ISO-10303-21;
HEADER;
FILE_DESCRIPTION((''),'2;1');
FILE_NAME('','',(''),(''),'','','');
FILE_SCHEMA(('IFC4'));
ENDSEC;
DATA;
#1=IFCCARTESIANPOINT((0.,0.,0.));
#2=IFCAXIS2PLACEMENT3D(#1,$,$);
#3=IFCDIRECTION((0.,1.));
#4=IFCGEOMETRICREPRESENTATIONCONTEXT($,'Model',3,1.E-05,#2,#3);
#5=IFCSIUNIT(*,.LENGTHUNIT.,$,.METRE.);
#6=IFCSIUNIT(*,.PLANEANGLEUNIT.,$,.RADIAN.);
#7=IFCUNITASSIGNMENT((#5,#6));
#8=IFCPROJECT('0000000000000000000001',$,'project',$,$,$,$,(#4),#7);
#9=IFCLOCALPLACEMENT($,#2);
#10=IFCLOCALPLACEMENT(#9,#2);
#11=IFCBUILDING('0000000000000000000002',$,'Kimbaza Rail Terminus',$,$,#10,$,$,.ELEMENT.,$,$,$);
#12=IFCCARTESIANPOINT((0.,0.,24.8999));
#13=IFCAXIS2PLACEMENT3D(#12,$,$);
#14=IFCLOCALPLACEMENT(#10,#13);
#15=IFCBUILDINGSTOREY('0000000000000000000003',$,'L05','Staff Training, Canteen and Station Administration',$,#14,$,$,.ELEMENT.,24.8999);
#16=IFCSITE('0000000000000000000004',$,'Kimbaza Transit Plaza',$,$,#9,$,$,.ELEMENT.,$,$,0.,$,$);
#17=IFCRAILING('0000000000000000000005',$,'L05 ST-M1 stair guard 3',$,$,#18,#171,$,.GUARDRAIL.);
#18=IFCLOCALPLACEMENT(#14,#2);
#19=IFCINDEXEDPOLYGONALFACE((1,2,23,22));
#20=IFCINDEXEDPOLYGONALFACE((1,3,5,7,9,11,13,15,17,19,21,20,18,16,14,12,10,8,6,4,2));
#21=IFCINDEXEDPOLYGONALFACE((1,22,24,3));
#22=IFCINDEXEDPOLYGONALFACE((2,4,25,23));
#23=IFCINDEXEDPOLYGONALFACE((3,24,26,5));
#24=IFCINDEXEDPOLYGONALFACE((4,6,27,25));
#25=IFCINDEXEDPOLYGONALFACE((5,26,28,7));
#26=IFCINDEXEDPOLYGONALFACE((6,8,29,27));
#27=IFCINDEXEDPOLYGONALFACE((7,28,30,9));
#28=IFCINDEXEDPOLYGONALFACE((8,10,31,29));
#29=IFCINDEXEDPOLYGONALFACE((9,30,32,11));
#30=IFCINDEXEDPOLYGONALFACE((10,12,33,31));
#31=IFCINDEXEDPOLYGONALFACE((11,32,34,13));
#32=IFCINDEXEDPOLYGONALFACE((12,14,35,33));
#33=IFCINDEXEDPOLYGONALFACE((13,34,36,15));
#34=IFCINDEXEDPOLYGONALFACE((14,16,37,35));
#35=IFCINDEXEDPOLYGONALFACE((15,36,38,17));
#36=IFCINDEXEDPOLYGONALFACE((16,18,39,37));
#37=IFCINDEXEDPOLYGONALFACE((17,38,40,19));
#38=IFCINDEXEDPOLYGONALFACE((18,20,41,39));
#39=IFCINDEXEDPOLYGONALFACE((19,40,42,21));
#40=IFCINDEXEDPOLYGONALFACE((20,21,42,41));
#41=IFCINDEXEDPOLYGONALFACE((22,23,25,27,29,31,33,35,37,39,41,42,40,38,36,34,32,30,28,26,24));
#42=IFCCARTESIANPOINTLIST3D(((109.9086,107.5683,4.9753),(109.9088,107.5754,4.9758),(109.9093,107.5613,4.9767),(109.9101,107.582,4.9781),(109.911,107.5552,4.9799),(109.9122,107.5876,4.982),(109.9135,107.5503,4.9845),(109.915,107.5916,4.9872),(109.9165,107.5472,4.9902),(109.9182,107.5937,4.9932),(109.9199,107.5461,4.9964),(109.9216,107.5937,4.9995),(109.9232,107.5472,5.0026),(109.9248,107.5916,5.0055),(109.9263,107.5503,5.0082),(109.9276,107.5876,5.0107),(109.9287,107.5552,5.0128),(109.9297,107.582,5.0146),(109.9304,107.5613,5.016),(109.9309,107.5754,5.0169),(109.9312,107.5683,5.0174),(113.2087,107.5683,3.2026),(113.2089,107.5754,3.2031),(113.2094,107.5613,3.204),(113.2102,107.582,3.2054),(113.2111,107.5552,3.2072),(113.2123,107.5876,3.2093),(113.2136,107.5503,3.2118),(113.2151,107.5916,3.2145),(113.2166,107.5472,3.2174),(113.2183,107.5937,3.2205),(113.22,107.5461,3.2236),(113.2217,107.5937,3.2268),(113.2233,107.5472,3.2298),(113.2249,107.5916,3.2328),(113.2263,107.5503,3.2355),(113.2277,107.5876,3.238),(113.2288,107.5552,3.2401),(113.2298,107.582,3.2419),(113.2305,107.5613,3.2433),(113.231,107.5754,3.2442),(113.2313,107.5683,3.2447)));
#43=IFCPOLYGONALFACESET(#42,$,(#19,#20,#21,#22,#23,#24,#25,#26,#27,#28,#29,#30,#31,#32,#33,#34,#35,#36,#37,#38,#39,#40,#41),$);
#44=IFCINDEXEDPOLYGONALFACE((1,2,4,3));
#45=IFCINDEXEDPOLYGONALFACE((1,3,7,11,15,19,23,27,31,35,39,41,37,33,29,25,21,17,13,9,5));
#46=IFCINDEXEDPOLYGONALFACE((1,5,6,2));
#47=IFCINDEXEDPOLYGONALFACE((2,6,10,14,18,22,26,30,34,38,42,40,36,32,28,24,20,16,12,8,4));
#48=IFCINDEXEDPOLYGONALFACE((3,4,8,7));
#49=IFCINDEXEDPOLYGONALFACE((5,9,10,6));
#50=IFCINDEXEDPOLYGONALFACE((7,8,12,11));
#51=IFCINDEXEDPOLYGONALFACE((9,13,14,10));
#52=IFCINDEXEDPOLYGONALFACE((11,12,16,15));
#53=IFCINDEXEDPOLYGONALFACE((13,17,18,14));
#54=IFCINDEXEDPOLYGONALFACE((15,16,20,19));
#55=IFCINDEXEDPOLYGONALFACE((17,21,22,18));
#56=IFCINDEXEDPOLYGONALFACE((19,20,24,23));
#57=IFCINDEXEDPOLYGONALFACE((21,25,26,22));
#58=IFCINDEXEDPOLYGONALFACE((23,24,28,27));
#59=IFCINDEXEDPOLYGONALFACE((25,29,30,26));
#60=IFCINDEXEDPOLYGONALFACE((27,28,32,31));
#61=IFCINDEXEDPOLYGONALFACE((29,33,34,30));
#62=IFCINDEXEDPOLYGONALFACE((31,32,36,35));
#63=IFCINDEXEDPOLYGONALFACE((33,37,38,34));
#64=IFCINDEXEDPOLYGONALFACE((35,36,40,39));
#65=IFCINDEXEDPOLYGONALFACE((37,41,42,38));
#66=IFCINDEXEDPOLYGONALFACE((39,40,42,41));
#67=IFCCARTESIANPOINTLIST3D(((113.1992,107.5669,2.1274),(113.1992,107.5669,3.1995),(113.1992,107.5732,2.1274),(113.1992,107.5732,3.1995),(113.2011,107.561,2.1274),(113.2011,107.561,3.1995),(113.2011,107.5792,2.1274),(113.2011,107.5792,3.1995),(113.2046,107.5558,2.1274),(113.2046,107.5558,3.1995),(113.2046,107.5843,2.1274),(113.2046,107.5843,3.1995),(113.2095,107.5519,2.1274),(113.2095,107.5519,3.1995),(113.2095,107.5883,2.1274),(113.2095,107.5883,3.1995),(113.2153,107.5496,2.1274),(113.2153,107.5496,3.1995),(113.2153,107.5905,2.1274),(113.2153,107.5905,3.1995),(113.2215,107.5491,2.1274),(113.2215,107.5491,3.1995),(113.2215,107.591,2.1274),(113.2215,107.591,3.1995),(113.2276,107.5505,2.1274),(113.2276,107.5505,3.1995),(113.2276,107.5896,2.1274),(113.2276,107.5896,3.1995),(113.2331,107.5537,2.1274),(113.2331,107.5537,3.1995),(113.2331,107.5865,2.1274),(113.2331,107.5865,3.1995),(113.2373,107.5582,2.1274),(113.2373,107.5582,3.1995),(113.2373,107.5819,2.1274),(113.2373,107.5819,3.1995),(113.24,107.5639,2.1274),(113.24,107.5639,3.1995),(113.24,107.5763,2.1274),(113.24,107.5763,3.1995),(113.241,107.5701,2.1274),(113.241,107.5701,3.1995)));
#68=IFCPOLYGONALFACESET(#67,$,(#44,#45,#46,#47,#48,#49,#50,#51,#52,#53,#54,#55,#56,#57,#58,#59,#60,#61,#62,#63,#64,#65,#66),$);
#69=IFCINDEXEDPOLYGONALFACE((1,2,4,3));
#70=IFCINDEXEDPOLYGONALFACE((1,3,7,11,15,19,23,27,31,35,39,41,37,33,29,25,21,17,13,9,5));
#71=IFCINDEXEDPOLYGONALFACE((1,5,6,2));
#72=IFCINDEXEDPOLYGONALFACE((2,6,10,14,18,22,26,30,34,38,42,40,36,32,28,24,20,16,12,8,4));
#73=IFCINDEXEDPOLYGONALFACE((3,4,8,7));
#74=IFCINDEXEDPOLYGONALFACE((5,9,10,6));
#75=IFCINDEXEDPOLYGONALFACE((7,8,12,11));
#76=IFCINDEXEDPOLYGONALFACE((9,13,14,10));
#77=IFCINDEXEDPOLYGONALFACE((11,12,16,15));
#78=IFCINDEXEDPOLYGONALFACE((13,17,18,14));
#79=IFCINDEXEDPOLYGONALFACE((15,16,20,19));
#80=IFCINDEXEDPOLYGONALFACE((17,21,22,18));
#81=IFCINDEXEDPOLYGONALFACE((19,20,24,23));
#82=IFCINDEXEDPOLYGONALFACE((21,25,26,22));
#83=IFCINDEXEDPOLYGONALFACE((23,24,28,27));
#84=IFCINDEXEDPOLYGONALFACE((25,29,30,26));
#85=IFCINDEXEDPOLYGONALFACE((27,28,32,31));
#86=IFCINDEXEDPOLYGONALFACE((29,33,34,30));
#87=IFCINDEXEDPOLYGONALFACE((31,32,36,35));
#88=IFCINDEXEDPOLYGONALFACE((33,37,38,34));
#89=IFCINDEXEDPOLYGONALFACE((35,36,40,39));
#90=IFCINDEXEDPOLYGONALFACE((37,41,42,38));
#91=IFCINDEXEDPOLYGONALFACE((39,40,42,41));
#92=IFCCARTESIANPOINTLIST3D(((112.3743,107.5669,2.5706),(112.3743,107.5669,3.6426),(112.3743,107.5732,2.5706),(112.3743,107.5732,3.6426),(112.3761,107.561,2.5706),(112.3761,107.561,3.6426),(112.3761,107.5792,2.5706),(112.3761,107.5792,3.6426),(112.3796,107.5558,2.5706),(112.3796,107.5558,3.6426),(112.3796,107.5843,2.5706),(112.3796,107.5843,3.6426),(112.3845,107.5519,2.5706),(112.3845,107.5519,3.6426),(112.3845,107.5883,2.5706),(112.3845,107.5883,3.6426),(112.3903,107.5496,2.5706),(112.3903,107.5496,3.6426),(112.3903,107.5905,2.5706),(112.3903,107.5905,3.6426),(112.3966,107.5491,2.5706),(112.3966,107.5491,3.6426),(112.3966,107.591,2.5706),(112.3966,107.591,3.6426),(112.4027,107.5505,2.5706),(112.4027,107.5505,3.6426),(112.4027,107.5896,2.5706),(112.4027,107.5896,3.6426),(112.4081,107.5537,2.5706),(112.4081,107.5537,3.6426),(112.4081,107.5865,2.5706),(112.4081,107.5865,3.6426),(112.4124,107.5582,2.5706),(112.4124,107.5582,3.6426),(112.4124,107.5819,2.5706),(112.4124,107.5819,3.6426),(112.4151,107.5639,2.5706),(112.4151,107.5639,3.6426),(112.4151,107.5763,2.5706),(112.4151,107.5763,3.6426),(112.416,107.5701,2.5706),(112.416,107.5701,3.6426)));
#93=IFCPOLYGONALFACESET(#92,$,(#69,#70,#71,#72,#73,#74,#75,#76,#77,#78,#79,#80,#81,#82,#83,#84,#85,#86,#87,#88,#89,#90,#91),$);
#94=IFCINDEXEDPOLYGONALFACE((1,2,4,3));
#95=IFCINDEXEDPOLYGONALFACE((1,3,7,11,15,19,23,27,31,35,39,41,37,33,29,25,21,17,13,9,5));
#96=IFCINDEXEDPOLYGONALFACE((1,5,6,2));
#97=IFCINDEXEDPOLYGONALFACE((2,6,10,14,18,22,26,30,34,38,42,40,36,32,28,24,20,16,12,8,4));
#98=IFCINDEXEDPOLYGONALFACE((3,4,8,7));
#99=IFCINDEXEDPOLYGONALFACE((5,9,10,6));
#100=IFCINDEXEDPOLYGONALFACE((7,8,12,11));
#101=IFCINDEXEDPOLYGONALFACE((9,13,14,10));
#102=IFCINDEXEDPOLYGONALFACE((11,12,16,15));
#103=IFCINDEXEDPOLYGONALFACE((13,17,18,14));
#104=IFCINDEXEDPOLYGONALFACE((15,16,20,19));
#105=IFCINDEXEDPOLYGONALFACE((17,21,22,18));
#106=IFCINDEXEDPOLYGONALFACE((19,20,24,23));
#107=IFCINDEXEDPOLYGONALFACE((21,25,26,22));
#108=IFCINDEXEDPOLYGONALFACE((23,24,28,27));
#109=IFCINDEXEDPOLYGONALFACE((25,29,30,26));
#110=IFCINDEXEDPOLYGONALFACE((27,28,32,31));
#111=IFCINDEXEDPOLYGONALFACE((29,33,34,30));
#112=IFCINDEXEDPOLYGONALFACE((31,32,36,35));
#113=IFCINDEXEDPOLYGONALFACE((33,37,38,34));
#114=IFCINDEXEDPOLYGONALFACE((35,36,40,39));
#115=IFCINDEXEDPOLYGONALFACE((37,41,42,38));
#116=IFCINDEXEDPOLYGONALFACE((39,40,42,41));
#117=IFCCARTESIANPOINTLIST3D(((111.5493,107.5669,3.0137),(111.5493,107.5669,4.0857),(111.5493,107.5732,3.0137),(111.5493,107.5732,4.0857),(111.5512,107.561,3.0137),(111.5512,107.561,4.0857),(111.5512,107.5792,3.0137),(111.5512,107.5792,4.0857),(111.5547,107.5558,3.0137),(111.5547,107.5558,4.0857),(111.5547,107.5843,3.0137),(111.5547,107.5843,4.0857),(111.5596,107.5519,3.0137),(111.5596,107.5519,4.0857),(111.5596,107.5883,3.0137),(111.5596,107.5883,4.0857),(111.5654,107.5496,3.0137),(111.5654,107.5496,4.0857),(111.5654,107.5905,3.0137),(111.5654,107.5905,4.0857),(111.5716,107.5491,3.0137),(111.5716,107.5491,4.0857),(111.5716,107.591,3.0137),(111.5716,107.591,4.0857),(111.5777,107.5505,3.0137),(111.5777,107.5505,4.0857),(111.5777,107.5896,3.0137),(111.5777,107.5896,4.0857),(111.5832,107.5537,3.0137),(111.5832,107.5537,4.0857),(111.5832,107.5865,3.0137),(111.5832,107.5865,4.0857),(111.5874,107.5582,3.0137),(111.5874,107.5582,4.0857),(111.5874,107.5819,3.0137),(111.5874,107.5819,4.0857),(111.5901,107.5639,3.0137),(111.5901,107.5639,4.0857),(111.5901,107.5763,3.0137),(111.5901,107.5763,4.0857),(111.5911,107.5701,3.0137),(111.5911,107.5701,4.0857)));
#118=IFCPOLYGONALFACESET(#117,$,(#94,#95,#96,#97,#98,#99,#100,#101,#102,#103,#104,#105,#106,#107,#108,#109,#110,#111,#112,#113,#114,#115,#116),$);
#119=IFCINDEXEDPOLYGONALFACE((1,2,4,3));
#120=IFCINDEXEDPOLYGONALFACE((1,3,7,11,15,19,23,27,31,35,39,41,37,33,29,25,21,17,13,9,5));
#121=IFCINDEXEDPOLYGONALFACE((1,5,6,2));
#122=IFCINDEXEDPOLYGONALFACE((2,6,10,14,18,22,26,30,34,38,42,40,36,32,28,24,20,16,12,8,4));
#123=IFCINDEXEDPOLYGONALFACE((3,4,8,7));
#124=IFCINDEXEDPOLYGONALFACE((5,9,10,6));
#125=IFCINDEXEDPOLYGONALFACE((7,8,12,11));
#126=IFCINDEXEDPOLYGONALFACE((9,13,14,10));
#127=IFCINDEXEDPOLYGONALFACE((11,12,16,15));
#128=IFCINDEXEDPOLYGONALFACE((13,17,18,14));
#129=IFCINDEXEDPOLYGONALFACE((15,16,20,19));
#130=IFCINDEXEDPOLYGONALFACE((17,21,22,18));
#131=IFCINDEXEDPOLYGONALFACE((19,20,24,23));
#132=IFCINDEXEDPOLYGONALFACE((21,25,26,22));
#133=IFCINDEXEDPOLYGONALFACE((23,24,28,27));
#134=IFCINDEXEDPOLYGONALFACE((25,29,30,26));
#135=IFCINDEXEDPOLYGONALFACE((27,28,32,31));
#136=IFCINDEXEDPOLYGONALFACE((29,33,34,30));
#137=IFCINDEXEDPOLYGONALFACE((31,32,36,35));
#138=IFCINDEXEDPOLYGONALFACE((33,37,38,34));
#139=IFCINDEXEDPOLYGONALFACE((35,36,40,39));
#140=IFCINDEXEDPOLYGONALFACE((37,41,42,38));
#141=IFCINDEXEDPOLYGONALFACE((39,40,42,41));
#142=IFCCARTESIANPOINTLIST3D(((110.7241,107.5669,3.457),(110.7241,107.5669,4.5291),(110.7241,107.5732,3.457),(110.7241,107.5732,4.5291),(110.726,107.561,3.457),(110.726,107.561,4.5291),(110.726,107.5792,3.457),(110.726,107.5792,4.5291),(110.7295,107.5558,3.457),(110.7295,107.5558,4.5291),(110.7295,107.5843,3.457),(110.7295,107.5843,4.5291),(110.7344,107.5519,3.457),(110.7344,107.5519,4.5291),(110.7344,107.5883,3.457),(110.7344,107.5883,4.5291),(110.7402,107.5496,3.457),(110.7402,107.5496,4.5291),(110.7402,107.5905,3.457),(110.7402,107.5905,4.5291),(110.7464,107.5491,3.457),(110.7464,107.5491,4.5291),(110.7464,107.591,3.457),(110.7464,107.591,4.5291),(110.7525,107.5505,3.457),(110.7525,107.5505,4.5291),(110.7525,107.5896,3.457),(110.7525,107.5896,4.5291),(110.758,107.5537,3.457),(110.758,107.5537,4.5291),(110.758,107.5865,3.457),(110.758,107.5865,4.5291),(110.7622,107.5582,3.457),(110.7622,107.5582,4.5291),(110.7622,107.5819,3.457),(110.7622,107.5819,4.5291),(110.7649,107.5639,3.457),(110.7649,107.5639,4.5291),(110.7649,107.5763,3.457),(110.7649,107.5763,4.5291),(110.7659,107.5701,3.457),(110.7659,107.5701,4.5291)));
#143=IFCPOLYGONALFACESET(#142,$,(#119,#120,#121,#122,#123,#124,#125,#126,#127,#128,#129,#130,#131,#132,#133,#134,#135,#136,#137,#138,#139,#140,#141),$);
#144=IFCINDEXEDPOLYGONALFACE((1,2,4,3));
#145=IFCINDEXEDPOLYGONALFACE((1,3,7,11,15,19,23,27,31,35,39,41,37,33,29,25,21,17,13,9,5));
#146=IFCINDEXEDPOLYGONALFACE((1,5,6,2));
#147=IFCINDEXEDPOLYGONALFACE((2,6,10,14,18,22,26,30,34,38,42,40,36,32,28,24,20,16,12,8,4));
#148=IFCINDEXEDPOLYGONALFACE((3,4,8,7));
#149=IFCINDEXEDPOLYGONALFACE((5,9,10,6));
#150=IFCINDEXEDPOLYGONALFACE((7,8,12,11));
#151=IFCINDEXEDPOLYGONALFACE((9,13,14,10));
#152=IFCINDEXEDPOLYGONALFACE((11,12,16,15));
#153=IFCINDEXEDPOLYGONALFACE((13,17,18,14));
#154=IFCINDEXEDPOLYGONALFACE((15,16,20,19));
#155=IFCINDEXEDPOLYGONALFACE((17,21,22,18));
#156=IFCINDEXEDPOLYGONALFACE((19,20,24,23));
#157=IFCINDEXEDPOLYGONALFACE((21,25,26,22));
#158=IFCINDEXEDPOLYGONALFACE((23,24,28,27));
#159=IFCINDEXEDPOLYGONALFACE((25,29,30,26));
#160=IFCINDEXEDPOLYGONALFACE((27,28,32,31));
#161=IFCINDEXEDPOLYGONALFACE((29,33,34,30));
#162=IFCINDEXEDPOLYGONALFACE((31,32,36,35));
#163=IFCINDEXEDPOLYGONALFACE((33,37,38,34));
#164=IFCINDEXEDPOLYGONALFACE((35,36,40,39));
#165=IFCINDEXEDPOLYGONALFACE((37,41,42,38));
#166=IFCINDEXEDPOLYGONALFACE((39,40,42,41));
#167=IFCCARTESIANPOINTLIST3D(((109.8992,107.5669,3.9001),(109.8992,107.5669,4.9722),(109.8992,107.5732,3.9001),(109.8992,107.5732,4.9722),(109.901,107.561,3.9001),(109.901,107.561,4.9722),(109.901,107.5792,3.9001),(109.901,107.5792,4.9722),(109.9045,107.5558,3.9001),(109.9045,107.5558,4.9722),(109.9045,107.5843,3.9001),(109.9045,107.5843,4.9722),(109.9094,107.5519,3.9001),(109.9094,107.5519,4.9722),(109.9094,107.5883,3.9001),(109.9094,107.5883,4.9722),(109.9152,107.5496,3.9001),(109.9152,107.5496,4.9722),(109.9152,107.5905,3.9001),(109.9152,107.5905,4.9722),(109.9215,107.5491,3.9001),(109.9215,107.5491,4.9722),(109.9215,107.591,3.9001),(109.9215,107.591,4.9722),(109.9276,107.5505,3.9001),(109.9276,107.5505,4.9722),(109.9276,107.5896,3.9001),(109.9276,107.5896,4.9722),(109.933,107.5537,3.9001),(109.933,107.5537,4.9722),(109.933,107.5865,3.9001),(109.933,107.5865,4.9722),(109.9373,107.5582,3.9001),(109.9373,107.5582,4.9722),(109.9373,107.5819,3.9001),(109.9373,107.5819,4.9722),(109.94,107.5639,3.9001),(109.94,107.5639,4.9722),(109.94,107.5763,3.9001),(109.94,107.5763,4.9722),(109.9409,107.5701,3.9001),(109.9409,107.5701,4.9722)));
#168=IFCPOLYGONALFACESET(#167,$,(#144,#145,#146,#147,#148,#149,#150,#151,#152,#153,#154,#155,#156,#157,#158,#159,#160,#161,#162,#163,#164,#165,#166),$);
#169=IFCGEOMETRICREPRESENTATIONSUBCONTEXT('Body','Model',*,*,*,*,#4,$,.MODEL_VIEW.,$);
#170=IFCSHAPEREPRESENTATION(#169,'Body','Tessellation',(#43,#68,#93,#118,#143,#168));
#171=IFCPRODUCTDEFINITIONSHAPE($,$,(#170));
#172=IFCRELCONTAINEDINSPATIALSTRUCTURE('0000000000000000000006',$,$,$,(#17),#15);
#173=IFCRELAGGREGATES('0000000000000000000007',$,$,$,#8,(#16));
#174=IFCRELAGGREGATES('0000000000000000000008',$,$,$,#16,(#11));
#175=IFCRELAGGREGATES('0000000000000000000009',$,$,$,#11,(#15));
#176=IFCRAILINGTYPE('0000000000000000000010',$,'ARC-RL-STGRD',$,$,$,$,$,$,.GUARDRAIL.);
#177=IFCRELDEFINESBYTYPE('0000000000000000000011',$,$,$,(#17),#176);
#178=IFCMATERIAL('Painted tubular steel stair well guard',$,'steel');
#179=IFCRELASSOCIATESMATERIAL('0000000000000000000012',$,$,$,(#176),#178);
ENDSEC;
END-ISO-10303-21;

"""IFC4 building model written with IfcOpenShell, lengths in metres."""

from ifc_helpers import new_model, si_unit, direction, frame, origin, origin_2d, place, context, subcontext, project, spatial, circle, extrude, material, type_object, element, save


model = new_model("IFC4")

# Units and contexts
model_context = context("Model", 3, precision=1e-05, world=origin(), true_north=direction((0.0, 1.0)))
body_context = subcontext(model_context, "Body", "Model", "MODEL_VIEW")
ifc_project = project(units=[si_unit("LENGTHUNIT", "METRE"), si_unit("PLANEANGLEUNIT", "RADIAN")], contexts=[model_context])

# Site, building, storey
site_placement = place(None, origin())
site = spatial("IfcSite", under=ifc_project, at=site_placement, Name="Kimbaza Transit Plaza", CompositionType="ELEMENT", RefElevation=0.0)
building_placement = place(site_placement, origin())
building = spatial("IfcBuilding", under=site, at=building_placement, Name="Kimbaza Rail Terminus", CompositionType="ELEMENT")
storey_placement = place(building_placement, frame((0.0, 0.0, 24.8999)))
storey = spatial("IfcBuildingStorey", under=building, at=storey_placement, Name="L05", Description="Staff Training, Canteen and Station Administration", CompositionType="ELEMENT", Elevation=24.8999)

# Railing
ifc_material_1 = material(Name="Painted tubular steel stair well guard", Category="steel")
railing_type_1 = type_object("IfcRailingType", Name="ARC-RL-STGRD", PredefinedType="GUARDRAIL", material=ifc_material_1)
railing_1_placement = place(storey_placement, frame((113.22, 107.5701, 2.1274)))
element("IfcRailing", 1, at=railing_1_placement, inside=storey, type_object=railing_type_1, Name="L05 ST-M1 stair guard 3", PredefinedType="GUARDRAIL", context=body_context, shape_type="SweptSolid", body=[
    extrude(circle(Radius=0.0239, at=origin_2d()), frame((0.0, 0.0, 1.0962), z_axis=(-0.880944, 0.0, 0.473221), x_axis=(0.0, -1.0, 0.0)), (0.0, 0.0, 1.0), 3.7461),
    extrude(circle(Radius=0.021, at=origin_2d()), origin(), (0.0, 0.0, 1.0), 1.072),
    extrude(circle(Radius=0.021, at=origin_2d()), frame((-0.825, 0.0, 0.4431)), (0.0, 0.0, 1.0), 1.072),
    extrude(circle(Radius=0.021, at=origin_2d()), frame((-1.6499, 0.0, 0.8862)), (0.0, 0.0, 1.0), 1.072),
    extrude(circle(Radius=0.021, at=origin_2d()), frame((-2.4751, 0.0, 1.3296)), (0.0, 0.0, 1.0), 1.072),
    extrude(circle(Radius=0.021, at=origin_2d()), frame((-3.3, 0.0, 1.7727)), (0.0, 0.0, 1.0), 1.072),
])

save(model, "model.ifc")
